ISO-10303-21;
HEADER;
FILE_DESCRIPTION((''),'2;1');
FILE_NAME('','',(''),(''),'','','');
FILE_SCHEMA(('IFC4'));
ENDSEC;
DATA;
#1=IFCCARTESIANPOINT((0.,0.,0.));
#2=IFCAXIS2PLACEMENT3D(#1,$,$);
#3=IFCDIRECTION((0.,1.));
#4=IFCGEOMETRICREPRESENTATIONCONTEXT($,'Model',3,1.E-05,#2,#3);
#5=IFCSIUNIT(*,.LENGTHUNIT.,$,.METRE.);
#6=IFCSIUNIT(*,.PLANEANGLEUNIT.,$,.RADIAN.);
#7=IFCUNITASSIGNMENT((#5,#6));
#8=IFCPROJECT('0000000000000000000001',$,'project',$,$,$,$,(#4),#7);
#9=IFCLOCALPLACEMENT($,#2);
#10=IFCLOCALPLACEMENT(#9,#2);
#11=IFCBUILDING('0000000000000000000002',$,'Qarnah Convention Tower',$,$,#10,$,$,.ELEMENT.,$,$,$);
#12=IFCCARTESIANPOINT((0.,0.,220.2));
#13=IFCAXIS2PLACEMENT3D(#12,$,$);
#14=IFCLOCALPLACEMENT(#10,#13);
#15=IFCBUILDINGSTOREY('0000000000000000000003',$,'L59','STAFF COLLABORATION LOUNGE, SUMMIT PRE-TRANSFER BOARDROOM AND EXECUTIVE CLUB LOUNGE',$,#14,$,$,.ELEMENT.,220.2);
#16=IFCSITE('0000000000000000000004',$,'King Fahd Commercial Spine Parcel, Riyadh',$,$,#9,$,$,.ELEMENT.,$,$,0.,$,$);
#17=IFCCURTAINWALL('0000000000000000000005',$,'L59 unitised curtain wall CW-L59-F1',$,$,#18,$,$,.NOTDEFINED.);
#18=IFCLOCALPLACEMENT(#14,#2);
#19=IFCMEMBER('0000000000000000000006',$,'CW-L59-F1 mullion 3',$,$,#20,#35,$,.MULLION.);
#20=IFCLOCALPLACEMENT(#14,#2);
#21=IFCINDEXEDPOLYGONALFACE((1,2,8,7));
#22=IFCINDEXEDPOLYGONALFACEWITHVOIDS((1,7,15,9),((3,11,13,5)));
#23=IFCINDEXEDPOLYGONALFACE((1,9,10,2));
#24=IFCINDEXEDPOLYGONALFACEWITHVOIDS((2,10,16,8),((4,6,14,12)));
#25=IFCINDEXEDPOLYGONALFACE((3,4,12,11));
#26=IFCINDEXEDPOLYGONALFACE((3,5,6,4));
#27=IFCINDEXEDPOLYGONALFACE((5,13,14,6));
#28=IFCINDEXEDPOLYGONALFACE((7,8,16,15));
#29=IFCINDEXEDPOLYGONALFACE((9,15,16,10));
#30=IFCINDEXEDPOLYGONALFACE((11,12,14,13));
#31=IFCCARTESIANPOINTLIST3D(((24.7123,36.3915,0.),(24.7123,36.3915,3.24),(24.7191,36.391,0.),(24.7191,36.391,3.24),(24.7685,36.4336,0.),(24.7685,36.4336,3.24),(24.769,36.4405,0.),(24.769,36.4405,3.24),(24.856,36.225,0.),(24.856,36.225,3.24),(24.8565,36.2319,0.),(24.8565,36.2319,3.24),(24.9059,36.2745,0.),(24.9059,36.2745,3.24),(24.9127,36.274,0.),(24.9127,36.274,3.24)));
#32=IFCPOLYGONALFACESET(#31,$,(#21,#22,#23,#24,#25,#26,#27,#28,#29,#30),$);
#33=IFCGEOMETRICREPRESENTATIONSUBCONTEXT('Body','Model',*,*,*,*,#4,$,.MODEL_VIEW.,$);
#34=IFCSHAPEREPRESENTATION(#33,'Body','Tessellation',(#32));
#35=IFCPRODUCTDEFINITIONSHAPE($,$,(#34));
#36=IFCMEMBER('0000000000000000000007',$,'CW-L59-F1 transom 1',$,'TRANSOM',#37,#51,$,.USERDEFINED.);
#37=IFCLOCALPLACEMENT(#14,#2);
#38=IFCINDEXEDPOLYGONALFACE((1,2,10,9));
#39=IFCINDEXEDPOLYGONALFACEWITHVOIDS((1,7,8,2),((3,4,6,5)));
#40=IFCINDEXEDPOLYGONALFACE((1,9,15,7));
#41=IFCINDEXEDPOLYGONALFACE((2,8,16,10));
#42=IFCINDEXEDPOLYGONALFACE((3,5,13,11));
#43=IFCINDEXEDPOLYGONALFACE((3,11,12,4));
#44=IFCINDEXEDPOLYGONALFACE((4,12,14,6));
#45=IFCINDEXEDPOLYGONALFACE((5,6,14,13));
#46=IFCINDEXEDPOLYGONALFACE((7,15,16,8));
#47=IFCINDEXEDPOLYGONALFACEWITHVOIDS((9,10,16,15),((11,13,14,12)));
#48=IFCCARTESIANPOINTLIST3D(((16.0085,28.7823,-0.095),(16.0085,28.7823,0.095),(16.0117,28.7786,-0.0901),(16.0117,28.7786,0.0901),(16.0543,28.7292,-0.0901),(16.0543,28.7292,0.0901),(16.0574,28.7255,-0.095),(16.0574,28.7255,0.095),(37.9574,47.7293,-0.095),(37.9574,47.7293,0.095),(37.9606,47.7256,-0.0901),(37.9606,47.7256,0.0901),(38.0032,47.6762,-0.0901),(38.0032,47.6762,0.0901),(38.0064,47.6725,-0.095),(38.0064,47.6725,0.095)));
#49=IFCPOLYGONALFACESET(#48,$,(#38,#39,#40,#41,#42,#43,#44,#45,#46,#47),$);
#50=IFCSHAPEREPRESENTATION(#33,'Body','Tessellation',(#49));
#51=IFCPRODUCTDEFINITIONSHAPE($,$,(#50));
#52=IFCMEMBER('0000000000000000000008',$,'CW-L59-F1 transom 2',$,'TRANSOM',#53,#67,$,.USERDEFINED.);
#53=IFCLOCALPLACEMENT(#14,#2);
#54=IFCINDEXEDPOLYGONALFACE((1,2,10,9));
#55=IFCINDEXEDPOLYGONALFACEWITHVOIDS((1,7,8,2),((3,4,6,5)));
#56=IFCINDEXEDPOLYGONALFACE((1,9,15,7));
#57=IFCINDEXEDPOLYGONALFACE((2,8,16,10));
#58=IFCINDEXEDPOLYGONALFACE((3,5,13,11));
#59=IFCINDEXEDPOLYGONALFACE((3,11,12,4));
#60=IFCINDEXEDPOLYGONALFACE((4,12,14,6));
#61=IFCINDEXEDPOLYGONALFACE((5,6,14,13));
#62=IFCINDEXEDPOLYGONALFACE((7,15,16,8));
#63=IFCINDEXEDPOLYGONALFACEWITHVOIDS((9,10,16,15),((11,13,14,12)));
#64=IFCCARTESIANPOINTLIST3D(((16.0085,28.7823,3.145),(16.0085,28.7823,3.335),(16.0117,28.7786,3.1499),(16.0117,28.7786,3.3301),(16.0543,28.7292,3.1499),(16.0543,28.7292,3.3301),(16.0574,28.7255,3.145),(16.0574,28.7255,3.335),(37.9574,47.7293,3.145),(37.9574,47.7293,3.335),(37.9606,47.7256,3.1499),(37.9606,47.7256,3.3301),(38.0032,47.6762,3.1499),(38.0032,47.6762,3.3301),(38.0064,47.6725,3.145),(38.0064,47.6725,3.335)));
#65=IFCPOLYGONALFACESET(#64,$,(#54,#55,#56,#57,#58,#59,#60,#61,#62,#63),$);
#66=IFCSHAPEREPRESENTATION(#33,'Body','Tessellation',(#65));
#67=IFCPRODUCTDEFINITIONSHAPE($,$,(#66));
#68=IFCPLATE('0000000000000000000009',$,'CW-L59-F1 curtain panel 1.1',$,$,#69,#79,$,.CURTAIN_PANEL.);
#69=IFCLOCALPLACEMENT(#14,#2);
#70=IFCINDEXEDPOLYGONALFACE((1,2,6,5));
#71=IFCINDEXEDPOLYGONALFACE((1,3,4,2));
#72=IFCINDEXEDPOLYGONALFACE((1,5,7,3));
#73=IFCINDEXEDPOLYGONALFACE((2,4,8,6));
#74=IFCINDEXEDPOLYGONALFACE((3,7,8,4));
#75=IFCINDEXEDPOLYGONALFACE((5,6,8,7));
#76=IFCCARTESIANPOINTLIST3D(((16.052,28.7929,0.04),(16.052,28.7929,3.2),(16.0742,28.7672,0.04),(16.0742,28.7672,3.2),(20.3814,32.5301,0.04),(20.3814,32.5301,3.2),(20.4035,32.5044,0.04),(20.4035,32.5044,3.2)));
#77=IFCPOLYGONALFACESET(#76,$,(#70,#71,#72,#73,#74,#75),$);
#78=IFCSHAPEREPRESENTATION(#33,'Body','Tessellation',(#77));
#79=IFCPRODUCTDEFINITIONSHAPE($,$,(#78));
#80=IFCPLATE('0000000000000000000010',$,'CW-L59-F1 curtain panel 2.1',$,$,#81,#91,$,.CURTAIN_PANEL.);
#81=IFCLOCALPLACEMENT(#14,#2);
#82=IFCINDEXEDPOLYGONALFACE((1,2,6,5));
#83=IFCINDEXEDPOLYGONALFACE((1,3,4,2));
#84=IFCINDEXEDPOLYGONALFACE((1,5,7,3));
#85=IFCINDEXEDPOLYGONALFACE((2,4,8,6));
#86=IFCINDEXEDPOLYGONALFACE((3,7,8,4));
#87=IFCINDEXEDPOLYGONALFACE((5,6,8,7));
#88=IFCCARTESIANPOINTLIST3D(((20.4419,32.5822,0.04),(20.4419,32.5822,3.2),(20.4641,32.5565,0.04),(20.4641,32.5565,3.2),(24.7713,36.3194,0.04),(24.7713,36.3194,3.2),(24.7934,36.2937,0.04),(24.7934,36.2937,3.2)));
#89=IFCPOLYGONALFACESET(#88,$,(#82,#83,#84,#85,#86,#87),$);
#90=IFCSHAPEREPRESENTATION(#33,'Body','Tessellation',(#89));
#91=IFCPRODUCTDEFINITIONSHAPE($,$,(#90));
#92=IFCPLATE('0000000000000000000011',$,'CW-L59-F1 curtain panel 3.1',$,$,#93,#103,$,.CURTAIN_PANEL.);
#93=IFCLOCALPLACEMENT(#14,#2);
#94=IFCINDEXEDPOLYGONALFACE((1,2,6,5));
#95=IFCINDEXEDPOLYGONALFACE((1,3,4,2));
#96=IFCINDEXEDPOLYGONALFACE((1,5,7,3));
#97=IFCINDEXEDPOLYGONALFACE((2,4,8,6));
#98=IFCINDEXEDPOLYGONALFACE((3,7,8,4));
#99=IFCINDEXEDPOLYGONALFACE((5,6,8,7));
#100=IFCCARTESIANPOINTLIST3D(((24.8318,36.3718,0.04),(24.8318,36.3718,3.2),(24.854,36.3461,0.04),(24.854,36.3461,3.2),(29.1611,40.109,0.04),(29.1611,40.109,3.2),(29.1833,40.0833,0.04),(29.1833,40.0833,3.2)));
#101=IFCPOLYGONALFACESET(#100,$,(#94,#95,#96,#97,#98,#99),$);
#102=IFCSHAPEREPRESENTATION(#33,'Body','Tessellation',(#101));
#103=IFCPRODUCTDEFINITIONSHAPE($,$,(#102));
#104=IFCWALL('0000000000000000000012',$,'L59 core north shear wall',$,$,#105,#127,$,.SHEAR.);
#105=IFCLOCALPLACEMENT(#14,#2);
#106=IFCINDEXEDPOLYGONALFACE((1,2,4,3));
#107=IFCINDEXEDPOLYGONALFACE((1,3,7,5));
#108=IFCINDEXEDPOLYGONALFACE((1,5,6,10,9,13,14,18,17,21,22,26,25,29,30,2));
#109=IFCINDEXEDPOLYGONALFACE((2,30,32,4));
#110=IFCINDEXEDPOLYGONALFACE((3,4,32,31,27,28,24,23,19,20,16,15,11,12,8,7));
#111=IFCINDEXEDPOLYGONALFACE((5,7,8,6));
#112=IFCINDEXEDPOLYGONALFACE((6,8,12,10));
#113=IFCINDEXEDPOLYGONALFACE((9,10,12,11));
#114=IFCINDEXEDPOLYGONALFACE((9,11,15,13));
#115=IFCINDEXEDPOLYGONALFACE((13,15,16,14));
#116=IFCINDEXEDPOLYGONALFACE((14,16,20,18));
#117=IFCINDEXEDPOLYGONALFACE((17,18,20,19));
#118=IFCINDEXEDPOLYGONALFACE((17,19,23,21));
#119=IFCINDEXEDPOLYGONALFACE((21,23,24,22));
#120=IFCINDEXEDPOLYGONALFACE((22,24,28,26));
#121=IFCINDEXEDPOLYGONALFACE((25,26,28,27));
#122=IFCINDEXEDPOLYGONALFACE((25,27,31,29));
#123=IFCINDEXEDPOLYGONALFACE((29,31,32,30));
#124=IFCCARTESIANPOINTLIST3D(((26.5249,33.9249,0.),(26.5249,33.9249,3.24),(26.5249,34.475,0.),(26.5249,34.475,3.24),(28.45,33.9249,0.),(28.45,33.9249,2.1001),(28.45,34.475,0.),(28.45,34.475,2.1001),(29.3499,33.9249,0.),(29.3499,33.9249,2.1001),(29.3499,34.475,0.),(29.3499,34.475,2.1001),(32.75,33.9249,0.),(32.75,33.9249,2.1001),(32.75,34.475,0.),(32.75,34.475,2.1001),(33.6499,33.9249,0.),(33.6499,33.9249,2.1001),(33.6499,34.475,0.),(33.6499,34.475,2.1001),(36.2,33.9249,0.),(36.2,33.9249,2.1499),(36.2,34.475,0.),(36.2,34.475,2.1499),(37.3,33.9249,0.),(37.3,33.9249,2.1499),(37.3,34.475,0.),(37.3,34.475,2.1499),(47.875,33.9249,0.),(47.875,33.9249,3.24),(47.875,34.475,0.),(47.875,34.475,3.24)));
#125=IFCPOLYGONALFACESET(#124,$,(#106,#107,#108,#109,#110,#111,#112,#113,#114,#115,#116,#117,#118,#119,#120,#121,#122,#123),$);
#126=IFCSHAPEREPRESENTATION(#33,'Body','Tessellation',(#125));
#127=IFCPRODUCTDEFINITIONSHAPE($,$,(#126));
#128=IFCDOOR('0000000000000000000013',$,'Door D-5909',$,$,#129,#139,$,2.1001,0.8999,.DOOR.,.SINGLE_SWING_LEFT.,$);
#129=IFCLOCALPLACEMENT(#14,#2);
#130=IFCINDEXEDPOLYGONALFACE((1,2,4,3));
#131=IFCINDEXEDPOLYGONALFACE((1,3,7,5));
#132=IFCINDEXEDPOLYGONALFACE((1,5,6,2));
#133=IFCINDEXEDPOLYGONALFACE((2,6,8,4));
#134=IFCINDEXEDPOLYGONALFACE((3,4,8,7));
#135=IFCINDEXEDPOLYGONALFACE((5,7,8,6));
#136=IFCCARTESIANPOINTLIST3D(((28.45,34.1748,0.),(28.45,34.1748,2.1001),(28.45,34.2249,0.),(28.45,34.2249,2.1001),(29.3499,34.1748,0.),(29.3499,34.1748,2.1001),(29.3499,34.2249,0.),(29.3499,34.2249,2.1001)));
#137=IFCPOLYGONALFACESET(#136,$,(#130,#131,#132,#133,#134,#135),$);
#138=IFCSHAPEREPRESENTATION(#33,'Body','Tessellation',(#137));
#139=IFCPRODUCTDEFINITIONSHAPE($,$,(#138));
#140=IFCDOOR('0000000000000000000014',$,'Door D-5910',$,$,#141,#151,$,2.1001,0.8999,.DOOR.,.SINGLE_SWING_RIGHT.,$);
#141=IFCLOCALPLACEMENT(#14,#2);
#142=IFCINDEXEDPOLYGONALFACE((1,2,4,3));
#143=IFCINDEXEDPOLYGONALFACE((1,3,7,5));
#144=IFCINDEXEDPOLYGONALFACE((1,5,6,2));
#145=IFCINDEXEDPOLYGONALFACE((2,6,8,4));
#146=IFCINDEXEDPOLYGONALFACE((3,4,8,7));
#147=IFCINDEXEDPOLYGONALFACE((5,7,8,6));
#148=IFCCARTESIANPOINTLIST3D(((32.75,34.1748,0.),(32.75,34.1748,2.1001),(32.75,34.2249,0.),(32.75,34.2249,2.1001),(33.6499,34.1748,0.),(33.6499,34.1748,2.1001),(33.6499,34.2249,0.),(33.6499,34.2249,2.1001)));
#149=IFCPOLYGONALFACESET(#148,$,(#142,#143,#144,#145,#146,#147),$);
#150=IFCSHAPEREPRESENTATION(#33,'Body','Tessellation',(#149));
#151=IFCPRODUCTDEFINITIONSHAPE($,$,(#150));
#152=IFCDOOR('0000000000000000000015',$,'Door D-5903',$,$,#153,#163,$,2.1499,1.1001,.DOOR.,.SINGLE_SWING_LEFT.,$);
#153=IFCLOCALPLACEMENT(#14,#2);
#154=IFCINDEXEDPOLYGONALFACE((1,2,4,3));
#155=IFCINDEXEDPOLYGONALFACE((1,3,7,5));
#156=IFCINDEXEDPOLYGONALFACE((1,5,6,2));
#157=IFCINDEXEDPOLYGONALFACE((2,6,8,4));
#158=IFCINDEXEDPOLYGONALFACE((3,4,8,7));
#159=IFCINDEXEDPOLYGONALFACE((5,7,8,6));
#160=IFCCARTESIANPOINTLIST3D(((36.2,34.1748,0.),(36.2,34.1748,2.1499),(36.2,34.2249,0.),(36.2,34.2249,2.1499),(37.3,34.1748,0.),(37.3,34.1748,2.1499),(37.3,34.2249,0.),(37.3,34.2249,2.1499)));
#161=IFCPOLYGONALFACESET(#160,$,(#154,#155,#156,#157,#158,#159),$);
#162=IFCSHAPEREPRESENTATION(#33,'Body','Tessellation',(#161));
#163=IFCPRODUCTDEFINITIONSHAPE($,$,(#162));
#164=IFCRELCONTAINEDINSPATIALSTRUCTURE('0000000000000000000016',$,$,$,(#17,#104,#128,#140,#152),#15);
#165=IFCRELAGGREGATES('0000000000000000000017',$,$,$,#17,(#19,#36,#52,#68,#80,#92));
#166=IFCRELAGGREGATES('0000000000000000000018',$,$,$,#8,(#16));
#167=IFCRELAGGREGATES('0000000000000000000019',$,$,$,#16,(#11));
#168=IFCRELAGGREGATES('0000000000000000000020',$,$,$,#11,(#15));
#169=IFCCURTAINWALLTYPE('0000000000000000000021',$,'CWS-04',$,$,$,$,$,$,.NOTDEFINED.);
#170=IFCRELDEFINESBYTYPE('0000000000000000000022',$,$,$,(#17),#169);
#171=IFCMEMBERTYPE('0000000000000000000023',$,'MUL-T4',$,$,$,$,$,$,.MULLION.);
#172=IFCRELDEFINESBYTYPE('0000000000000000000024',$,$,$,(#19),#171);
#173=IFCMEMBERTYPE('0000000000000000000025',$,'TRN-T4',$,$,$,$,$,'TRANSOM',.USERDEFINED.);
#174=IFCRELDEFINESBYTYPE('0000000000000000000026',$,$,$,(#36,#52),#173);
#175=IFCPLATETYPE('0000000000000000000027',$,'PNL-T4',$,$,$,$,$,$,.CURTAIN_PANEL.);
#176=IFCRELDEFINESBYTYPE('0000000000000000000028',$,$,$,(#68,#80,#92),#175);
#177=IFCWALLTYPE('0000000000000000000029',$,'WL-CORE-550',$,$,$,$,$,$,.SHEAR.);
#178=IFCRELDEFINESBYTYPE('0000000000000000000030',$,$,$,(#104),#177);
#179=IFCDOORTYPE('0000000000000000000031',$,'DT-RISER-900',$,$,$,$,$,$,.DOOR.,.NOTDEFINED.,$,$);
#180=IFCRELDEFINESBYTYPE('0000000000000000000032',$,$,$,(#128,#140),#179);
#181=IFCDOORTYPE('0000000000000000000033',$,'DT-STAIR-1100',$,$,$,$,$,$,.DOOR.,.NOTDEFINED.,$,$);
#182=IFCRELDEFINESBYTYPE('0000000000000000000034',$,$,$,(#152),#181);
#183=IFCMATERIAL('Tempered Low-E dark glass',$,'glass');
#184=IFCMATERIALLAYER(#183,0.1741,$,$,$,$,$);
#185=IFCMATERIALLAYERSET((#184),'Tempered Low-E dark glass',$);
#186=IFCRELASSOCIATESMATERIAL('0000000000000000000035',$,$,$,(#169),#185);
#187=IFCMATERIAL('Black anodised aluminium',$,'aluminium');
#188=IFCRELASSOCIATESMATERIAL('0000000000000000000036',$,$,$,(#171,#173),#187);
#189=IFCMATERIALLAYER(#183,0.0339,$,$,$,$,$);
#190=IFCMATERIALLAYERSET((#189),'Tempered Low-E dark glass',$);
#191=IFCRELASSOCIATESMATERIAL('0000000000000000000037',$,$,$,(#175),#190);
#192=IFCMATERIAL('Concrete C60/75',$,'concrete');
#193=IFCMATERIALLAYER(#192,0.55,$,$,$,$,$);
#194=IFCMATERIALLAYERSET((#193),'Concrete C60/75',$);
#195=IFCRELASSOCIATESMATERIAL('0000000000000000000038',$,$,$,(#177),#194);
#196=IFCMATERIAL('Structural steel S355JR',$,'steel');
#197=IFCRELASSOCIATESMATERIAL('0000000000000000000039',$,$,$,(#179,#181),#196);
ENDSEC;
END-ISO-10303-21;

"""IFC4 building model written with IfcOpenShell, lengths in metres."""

from ifc_helpers import new_model, si_unit, direction, frame, frame_2d, origin, origin_2d, place, context, subcontext, project, spatial, rectangle, hollow_rectangle, extrude, material, layer, layer_set, material_profile, profile_set, type_object, element, fill, aggregate, save


model = new_model("IFC4")

# Units and contexts
model_context = context("Model", 3, precision=1e-05, world=origin(), true_north=direction((0.0, 1.0)))
body_context = subcontext(model_context, "Body", "Model", "MODEL_VIEW")
ifc_project = project(units=[si_unit("LENGTHUNIT", "METRE"), si_unit("PLANEANGLEUNIT", "RADIAN")], contexts=[model_context])

# Site, building, storey
site_placement = place(None, origin())
site = spatial("IfcSite", under=ifc_project, at=site_placement, Name="King Fahd Commercial Spine Parcel, Riyadh", CompositionType="ELEMENT", RefElevation=0.0)
building_placement = place(site_placement, origin())
building = spatial("IfcBuilding", under=site, at=building_placement, Name="Qarnah Convention Tower", CompositionType="ELEMENT")
storey_placement = place(building_placement, frame((0.0, 0.0, 220.2)))
storey = spatial("IfcBuildingStorey", under=building, at=storey_placement, Name="L59", Description="STAFF COLLABORATION LOUNGE, SUMMIT PRE-TRANSFER BOARDROOM AND EXECUTIVE CLUB LOUNGE", CompositionType="ELEMENT", Elevation=220.2)

# Shared definitions
ifc_material_1 = material(Name="Structural steel S355JR", Category="steel")

# Curtain wall, members, plates
ifc_material_2 = material(Name="Tempered Low-E dark glass", Category="glass")
ifc_layer_1 = layer(ifc_material_2, 0.1741)
ifc_layer_set_1 = layer_set([ifc_layer_1], Name="Tempered Low-E dark glass")
curtain_wall_type = type_object("IfcCurtainWallType", Name="CWS-04", PredefinedType="NOTDEFINED", material=ifc_layer_set_1)
curtain_wall_placement = place(storey_placement, origin())
curtain_wall = element("IfcCurtainWall", 1, at=curtain_wall_placement, inside=storey, type_object=curtain_wall_type, Name="L59 unitised curtain wall CW-L59-F1", PredefinedType="NOTDEFINED")
ifc_material_3 = material(Name="Black anodised aluminium", Category="aluminium")
ifc_material_profile_1 = material_profile(ifc_material_3, hollow_rectangle(XDim=0.075, YDim=0.22, WallThickness=0.0049, at=origin_2d()), Name="MUL-75X220")
ifc_profile_set_1 = profile_set([ifc_material_profile_1], Name="Black anodised aluminium")
member_type_1 = type_object("IfcMemberType", Name="MUL-T4", PredefinedType="MULLION", material=ifc_profile_set_1)
member_1_placement = place(storey_placement, frame((24.8125, 36.3328, 0.0), z_axis=(0.0, 0.0, 1.0), x_axis=(0.756976, 0.653443, 0.0)))
member_1 = element("IfcMember", 2, at=member_1_placement, type_object=member_type_1, Name="CW-L59-F1 mullion 3", PredefinedType="MULLION", context=body_context, shape_type="SweptSolid", body=[
    extrude(hollow_rectangle(XDim=0.075, YDim=0.22, WallThickness=0.0049, at=origin_2d()), origin(), (0.0, 0.0, 1.0), 3.24),
])
ifc_material_profile_2 = material_profile(ifc_material_3, hollow_rectangle(XDim=0.075, YDim=0.1899, WallThickness=0.0049, at=origin_2d()), Name="TRN-75X190")
ifc_profile_set_2 = profile_set([ifc_material_profile_2], Name="Black anodised aluminium")
member_type_2 = type_object("IfcMemberType", Name="TRN-T4", ElementType="TRANSOM", PredefinedType="USERDEFINED", material=ifc_profile_set_2)
member_2_placement = place(storey_placement, frame((16.033, 28.7539, 0.0), z_axis=(0.756975, 0.653444, 0.0), x_axis=(-0.653444, 0.756975, 0.0)))
member_2 = element("IfcMember", 3, at=member_2_placement, type_object=member_type_2, Name="CW-L59-F1 transom 1", ObjectType="TRANSOM", PredefinedType="USERDEFINED", context=body_context, shape_type="SweptSolid", body=[
    extrude(hollow_rectangle(XDim=0.075, YDim=0.1899, WallThickness=0.0049, at=origin_2d()), origin(), (0.0, 0.0, 1.0), 28.9956),
])
member_3_placement = place(storey_placement, frame((16.033, 28.7539, 3.24), z_axis=(0.756975, 0.653444, 0.0), x_axis=(-0.653444, 0.756975, 0.0)))
member_3 = element("IfcMember", 4, at=member_3_placement, type_object=member_type_2, Name="CW-L59-F1 transom 2", ObjectType="TRANSOM", PredefinedType="USERDEFINED", context=body_context, shape_type="SweptSolid", body=[
    extrude(hollow_rectangle(XDim=0.075, YDim=0.1899, WallThickness=0.0049, at=origin_2d()), origin(), (0.0, 0.0, 1.0), 28.9956),
])
ifc_layer_2 = layer(ifc_material_2, 0.0339)
ifc_layer_set_2 = layer_set([ifc_layer_2], Name="Tempered Low-E dark glass")
plate_type = type_object("IfcPlateType", Name="PNL-T4", PredefinedType="CURTAIN_PANEL", material=ifc_layer_set_2)
plate_1_placement = place(storey_placement, frame((18.2278, 30.6487, 0.04), z_axis=(0.0, 0.0, 1.0), x_axis=(0.756976, 0.653443, 0.0)))
plate_1 = element("IfcPlate", 5, at=plate_1_placement, type_object=plate_type, Name="CW-L59-F1 curtain panel 1.1", PredefinedType="CURTAIN_PANEL", context=body_context, shape_type="SweptSolid", body=[
    extrude(rectangle(XDim=5.7192, YDim=0.0339, at=origin_2d()), origin(), (0.0, 0.0, 1.0), 3.1599),
])
plate_2_placement = place(storey_placement, frame((22.6177, 34.438, 0.04), z_axis=(0.0, 0.0, 1.0), x_axis=(0.756976, 0.653443, 0.0)))
plate_2 = element("IfcPlate", 6, at=plate_2_placement, type_object=plate_type, Name="CW-L59-F1 curtain panel 2.1", PredefinedType="CURTAIN_PANEL", context=body_context, shape_type="SweptSolid", body=[
    extrude(rectangle(XDim=5.7192, YDim=0.0339, at=origin_2d()), origin(), (0.0, 0.0, 1.0), 3.1599),
])
plate_3_placement = place(storey_placement, frame((27.0076, 38.2275, 0.04), z_axis=(0.0, 0.0, 1.0), x_axis=(0.756976, 0.653443, 0.0)))
plate_3 = element("IfcPlate", 7, at=plate_3_placement, type_object=plate_type, Name="CW-L59-F1 curtain panel 3.1", PredefinedType="CURTAIN_PANEL", context=body_context, shape_type="SweptSolid", body=[
    extrude(rectangle(XDim=5.7192, YDim=0.0339, at=origin_2d()), origin(), (0.0, 0.0, 1.0), 3.1599),
])
aggregate(curtain_wall, [member_1, member_2, member_3, plate_1, plate_2, plate_3])

# Wall, openings, doors
ifc_material_4 = material(Name="Concrete C60/75", Category="concrete")
ifc_layer_3 = layer(ifc_material_4, 0.55)
ifc_layer_set_3 = layer_set([ifc_layer_3], Name="Concrete C60/75")
wall_type_1 = type_object("IfcWallType", Name="WL-CORE-550", PredefinedType="SHEAR", material=ifc_layer_set_3)
wall_1_placement = place(storey_placement, frame((26.5249, 34.2, 0.0), z_axis=(0.0, 0.0, 1.0), x_axis=(1.0, 0.0, 0.0)))
wall_1 = element("IfcWall", 8, at=wall_1_placement, inside=storey, type_object=wall_type_1, Name="L59 core north shear wall", PredefinedType="SHEAR", context=body_context, shape_type="SweptSolid", body=[
    extrude(rectangle(XDim=21.3501, YDim=0.55, at=frame_2d((10.675, 0.0))), origin(), (0.0, 0.0, 1.0), 3.24),
])
opening_1_placement = place(wall_1_placement, frame((9.675, 0.0, 0.0)))
opening_1 = element("IfcOpeningElement", 9, at=opening_1_placement, cuts=wall_1, PredefinedType="OPENING", context=body_context, shape_type="SweptSolid", body=[
    extrude(rectangle(XDim=1.1001, YDim=2.1499, at=frame_2d((0.55, 1.075))), frame((0.0, 0.2849, 0.0), z_axis=(0.0, -1.0, 0.0), x_axis=(1.0, 0.0, 0.0)), (0.0, 0.0, 1.0), 0.5701),
])
opening_2_placement = place(wall_1_placement, frame((1.925, 0.0, 0.0)))
opening_2 = element("IfcOpeningElement", 10, at=opening_2_placement, cuts=wall_1, PredefinedType="OPENING", context=body_context, shape_type="SweptSolid", body=[
    extrude(rectangle(XDim=0.8999, YDim=2.1001, at=frame_2d((0.45, 1.05))), frame((0.0, 0.2849, 0.0), z_axis=(0.0, -1.0, 0.0), x_axis=(1.0, 0.0, 0.0)), (0.0, 0.0, 1.0), 0.5701),
])
opening_3_placement = place(wall_1_placement, frame((6.2251, 0.0, 0.0)))
opening_3 = element("IfcOpeningElement", 11, at=opening_3_placement, cuts=wall_1, PredefinedType="OPENING", context=body_context, shape_type="SweptSolid", body=[
    extrude(rectangle(XDim=0.8999, YDim=2.1001, at=frame_2d((0.45, 1.05))), frame((0.0, 0.2849, 0.0), z_axis=(0.0, -1.0, 0.0), x_axis=(1.0, 0.0, 0.0)), (0.0, 0.0, 1.0), 0.5701),
])
door_type_1 = type_object("IfcDoorType", Name="DT-RISER-900", OperationType="NOTDEFINED", PredefinedType="DOOR", material=ifc_material_1)
door_1_placement = place(opening_2_placement, origin())
door_1 = element("IfcDoor", 12, at=door_1_placement, inside=storey, type_object=door_type_1, Name="Door D-5909", OperationType="SINGLE_SWING_LEFT", OverallHeight=2.1001, OverallWidth=0.8999, PredefinedType="DOOR", context=body_context, shape_type="SweptSolid", body=[
    extrude(rectangle(XDim=0.8999, YDim=2.1001, at=frame_2d((0.45, 1.05))), frame((0.0, 0.0249, 0.0), z_axis=(0.0, -1.0, 0.0), x_axis=(1.0, 0.0, 0.0)), (0.0, 0.0, 1.0), 0.05),
])
fill(opening_2, door_1)
door_2_placement = place(opening_3_placement, origin())
door_2 = element("IfcDoor", 13, at=door_2_placement, inside=storey, type_object=door_type_1, Name="Door D-5910", OperationType="SINGLE_SWING_RIGHT", OverallHeight=2.1001, OverallWidth=0.8999, PredefinedType="DOOR", context=body_context, shape_type="SweptSolid", body=[
    extrude(rectangle(XDim=0.8999, YDim=2.1001, at=frame_2d((0.45, 1.05))), frame((0.0, 0.0249, 0.0), z_axis=(0.0, -1.0, 0.0), x_axis=(1.0, 0.0, 0.0)), (0.0, 0.0, 1.0), 0.05),
])
fill(opening_3, door_2)
door_type_2 = type_object("IfcDoorType", Name="DT-STAIR-1100", OperationType="NOTDEFINED", PredefinedType="DOOR", material=ifc_material_1)
door_3_placement = place(opening_1_placement, origin())
door_3 = element("IfcDoor", 14, at=door_3_placement, inside=storey, type_object=door_type_2, Name="Door D-5903", OperationType="SINGLE_SWING_LEFT", OverallHeight=2.1499, OverallWidth=1.1001, PredefinedType="DOOR", context=body_context, shape_type="SweptSolid", body=[
    extrude(rectangle(XDim=1.1001, YDim=2.1499, at=frame_2d((0.55, 1.075))), frame((0.0, 0.0249, 0.0), z_axis=(0.0, -1.0, 0.0), x_axis=(1.0, 0.0, 0.0)), (0.0, 0.0, 1.0), 0.05),
])
fill(opening_1, door_3)

save(model, "model.ifc")
